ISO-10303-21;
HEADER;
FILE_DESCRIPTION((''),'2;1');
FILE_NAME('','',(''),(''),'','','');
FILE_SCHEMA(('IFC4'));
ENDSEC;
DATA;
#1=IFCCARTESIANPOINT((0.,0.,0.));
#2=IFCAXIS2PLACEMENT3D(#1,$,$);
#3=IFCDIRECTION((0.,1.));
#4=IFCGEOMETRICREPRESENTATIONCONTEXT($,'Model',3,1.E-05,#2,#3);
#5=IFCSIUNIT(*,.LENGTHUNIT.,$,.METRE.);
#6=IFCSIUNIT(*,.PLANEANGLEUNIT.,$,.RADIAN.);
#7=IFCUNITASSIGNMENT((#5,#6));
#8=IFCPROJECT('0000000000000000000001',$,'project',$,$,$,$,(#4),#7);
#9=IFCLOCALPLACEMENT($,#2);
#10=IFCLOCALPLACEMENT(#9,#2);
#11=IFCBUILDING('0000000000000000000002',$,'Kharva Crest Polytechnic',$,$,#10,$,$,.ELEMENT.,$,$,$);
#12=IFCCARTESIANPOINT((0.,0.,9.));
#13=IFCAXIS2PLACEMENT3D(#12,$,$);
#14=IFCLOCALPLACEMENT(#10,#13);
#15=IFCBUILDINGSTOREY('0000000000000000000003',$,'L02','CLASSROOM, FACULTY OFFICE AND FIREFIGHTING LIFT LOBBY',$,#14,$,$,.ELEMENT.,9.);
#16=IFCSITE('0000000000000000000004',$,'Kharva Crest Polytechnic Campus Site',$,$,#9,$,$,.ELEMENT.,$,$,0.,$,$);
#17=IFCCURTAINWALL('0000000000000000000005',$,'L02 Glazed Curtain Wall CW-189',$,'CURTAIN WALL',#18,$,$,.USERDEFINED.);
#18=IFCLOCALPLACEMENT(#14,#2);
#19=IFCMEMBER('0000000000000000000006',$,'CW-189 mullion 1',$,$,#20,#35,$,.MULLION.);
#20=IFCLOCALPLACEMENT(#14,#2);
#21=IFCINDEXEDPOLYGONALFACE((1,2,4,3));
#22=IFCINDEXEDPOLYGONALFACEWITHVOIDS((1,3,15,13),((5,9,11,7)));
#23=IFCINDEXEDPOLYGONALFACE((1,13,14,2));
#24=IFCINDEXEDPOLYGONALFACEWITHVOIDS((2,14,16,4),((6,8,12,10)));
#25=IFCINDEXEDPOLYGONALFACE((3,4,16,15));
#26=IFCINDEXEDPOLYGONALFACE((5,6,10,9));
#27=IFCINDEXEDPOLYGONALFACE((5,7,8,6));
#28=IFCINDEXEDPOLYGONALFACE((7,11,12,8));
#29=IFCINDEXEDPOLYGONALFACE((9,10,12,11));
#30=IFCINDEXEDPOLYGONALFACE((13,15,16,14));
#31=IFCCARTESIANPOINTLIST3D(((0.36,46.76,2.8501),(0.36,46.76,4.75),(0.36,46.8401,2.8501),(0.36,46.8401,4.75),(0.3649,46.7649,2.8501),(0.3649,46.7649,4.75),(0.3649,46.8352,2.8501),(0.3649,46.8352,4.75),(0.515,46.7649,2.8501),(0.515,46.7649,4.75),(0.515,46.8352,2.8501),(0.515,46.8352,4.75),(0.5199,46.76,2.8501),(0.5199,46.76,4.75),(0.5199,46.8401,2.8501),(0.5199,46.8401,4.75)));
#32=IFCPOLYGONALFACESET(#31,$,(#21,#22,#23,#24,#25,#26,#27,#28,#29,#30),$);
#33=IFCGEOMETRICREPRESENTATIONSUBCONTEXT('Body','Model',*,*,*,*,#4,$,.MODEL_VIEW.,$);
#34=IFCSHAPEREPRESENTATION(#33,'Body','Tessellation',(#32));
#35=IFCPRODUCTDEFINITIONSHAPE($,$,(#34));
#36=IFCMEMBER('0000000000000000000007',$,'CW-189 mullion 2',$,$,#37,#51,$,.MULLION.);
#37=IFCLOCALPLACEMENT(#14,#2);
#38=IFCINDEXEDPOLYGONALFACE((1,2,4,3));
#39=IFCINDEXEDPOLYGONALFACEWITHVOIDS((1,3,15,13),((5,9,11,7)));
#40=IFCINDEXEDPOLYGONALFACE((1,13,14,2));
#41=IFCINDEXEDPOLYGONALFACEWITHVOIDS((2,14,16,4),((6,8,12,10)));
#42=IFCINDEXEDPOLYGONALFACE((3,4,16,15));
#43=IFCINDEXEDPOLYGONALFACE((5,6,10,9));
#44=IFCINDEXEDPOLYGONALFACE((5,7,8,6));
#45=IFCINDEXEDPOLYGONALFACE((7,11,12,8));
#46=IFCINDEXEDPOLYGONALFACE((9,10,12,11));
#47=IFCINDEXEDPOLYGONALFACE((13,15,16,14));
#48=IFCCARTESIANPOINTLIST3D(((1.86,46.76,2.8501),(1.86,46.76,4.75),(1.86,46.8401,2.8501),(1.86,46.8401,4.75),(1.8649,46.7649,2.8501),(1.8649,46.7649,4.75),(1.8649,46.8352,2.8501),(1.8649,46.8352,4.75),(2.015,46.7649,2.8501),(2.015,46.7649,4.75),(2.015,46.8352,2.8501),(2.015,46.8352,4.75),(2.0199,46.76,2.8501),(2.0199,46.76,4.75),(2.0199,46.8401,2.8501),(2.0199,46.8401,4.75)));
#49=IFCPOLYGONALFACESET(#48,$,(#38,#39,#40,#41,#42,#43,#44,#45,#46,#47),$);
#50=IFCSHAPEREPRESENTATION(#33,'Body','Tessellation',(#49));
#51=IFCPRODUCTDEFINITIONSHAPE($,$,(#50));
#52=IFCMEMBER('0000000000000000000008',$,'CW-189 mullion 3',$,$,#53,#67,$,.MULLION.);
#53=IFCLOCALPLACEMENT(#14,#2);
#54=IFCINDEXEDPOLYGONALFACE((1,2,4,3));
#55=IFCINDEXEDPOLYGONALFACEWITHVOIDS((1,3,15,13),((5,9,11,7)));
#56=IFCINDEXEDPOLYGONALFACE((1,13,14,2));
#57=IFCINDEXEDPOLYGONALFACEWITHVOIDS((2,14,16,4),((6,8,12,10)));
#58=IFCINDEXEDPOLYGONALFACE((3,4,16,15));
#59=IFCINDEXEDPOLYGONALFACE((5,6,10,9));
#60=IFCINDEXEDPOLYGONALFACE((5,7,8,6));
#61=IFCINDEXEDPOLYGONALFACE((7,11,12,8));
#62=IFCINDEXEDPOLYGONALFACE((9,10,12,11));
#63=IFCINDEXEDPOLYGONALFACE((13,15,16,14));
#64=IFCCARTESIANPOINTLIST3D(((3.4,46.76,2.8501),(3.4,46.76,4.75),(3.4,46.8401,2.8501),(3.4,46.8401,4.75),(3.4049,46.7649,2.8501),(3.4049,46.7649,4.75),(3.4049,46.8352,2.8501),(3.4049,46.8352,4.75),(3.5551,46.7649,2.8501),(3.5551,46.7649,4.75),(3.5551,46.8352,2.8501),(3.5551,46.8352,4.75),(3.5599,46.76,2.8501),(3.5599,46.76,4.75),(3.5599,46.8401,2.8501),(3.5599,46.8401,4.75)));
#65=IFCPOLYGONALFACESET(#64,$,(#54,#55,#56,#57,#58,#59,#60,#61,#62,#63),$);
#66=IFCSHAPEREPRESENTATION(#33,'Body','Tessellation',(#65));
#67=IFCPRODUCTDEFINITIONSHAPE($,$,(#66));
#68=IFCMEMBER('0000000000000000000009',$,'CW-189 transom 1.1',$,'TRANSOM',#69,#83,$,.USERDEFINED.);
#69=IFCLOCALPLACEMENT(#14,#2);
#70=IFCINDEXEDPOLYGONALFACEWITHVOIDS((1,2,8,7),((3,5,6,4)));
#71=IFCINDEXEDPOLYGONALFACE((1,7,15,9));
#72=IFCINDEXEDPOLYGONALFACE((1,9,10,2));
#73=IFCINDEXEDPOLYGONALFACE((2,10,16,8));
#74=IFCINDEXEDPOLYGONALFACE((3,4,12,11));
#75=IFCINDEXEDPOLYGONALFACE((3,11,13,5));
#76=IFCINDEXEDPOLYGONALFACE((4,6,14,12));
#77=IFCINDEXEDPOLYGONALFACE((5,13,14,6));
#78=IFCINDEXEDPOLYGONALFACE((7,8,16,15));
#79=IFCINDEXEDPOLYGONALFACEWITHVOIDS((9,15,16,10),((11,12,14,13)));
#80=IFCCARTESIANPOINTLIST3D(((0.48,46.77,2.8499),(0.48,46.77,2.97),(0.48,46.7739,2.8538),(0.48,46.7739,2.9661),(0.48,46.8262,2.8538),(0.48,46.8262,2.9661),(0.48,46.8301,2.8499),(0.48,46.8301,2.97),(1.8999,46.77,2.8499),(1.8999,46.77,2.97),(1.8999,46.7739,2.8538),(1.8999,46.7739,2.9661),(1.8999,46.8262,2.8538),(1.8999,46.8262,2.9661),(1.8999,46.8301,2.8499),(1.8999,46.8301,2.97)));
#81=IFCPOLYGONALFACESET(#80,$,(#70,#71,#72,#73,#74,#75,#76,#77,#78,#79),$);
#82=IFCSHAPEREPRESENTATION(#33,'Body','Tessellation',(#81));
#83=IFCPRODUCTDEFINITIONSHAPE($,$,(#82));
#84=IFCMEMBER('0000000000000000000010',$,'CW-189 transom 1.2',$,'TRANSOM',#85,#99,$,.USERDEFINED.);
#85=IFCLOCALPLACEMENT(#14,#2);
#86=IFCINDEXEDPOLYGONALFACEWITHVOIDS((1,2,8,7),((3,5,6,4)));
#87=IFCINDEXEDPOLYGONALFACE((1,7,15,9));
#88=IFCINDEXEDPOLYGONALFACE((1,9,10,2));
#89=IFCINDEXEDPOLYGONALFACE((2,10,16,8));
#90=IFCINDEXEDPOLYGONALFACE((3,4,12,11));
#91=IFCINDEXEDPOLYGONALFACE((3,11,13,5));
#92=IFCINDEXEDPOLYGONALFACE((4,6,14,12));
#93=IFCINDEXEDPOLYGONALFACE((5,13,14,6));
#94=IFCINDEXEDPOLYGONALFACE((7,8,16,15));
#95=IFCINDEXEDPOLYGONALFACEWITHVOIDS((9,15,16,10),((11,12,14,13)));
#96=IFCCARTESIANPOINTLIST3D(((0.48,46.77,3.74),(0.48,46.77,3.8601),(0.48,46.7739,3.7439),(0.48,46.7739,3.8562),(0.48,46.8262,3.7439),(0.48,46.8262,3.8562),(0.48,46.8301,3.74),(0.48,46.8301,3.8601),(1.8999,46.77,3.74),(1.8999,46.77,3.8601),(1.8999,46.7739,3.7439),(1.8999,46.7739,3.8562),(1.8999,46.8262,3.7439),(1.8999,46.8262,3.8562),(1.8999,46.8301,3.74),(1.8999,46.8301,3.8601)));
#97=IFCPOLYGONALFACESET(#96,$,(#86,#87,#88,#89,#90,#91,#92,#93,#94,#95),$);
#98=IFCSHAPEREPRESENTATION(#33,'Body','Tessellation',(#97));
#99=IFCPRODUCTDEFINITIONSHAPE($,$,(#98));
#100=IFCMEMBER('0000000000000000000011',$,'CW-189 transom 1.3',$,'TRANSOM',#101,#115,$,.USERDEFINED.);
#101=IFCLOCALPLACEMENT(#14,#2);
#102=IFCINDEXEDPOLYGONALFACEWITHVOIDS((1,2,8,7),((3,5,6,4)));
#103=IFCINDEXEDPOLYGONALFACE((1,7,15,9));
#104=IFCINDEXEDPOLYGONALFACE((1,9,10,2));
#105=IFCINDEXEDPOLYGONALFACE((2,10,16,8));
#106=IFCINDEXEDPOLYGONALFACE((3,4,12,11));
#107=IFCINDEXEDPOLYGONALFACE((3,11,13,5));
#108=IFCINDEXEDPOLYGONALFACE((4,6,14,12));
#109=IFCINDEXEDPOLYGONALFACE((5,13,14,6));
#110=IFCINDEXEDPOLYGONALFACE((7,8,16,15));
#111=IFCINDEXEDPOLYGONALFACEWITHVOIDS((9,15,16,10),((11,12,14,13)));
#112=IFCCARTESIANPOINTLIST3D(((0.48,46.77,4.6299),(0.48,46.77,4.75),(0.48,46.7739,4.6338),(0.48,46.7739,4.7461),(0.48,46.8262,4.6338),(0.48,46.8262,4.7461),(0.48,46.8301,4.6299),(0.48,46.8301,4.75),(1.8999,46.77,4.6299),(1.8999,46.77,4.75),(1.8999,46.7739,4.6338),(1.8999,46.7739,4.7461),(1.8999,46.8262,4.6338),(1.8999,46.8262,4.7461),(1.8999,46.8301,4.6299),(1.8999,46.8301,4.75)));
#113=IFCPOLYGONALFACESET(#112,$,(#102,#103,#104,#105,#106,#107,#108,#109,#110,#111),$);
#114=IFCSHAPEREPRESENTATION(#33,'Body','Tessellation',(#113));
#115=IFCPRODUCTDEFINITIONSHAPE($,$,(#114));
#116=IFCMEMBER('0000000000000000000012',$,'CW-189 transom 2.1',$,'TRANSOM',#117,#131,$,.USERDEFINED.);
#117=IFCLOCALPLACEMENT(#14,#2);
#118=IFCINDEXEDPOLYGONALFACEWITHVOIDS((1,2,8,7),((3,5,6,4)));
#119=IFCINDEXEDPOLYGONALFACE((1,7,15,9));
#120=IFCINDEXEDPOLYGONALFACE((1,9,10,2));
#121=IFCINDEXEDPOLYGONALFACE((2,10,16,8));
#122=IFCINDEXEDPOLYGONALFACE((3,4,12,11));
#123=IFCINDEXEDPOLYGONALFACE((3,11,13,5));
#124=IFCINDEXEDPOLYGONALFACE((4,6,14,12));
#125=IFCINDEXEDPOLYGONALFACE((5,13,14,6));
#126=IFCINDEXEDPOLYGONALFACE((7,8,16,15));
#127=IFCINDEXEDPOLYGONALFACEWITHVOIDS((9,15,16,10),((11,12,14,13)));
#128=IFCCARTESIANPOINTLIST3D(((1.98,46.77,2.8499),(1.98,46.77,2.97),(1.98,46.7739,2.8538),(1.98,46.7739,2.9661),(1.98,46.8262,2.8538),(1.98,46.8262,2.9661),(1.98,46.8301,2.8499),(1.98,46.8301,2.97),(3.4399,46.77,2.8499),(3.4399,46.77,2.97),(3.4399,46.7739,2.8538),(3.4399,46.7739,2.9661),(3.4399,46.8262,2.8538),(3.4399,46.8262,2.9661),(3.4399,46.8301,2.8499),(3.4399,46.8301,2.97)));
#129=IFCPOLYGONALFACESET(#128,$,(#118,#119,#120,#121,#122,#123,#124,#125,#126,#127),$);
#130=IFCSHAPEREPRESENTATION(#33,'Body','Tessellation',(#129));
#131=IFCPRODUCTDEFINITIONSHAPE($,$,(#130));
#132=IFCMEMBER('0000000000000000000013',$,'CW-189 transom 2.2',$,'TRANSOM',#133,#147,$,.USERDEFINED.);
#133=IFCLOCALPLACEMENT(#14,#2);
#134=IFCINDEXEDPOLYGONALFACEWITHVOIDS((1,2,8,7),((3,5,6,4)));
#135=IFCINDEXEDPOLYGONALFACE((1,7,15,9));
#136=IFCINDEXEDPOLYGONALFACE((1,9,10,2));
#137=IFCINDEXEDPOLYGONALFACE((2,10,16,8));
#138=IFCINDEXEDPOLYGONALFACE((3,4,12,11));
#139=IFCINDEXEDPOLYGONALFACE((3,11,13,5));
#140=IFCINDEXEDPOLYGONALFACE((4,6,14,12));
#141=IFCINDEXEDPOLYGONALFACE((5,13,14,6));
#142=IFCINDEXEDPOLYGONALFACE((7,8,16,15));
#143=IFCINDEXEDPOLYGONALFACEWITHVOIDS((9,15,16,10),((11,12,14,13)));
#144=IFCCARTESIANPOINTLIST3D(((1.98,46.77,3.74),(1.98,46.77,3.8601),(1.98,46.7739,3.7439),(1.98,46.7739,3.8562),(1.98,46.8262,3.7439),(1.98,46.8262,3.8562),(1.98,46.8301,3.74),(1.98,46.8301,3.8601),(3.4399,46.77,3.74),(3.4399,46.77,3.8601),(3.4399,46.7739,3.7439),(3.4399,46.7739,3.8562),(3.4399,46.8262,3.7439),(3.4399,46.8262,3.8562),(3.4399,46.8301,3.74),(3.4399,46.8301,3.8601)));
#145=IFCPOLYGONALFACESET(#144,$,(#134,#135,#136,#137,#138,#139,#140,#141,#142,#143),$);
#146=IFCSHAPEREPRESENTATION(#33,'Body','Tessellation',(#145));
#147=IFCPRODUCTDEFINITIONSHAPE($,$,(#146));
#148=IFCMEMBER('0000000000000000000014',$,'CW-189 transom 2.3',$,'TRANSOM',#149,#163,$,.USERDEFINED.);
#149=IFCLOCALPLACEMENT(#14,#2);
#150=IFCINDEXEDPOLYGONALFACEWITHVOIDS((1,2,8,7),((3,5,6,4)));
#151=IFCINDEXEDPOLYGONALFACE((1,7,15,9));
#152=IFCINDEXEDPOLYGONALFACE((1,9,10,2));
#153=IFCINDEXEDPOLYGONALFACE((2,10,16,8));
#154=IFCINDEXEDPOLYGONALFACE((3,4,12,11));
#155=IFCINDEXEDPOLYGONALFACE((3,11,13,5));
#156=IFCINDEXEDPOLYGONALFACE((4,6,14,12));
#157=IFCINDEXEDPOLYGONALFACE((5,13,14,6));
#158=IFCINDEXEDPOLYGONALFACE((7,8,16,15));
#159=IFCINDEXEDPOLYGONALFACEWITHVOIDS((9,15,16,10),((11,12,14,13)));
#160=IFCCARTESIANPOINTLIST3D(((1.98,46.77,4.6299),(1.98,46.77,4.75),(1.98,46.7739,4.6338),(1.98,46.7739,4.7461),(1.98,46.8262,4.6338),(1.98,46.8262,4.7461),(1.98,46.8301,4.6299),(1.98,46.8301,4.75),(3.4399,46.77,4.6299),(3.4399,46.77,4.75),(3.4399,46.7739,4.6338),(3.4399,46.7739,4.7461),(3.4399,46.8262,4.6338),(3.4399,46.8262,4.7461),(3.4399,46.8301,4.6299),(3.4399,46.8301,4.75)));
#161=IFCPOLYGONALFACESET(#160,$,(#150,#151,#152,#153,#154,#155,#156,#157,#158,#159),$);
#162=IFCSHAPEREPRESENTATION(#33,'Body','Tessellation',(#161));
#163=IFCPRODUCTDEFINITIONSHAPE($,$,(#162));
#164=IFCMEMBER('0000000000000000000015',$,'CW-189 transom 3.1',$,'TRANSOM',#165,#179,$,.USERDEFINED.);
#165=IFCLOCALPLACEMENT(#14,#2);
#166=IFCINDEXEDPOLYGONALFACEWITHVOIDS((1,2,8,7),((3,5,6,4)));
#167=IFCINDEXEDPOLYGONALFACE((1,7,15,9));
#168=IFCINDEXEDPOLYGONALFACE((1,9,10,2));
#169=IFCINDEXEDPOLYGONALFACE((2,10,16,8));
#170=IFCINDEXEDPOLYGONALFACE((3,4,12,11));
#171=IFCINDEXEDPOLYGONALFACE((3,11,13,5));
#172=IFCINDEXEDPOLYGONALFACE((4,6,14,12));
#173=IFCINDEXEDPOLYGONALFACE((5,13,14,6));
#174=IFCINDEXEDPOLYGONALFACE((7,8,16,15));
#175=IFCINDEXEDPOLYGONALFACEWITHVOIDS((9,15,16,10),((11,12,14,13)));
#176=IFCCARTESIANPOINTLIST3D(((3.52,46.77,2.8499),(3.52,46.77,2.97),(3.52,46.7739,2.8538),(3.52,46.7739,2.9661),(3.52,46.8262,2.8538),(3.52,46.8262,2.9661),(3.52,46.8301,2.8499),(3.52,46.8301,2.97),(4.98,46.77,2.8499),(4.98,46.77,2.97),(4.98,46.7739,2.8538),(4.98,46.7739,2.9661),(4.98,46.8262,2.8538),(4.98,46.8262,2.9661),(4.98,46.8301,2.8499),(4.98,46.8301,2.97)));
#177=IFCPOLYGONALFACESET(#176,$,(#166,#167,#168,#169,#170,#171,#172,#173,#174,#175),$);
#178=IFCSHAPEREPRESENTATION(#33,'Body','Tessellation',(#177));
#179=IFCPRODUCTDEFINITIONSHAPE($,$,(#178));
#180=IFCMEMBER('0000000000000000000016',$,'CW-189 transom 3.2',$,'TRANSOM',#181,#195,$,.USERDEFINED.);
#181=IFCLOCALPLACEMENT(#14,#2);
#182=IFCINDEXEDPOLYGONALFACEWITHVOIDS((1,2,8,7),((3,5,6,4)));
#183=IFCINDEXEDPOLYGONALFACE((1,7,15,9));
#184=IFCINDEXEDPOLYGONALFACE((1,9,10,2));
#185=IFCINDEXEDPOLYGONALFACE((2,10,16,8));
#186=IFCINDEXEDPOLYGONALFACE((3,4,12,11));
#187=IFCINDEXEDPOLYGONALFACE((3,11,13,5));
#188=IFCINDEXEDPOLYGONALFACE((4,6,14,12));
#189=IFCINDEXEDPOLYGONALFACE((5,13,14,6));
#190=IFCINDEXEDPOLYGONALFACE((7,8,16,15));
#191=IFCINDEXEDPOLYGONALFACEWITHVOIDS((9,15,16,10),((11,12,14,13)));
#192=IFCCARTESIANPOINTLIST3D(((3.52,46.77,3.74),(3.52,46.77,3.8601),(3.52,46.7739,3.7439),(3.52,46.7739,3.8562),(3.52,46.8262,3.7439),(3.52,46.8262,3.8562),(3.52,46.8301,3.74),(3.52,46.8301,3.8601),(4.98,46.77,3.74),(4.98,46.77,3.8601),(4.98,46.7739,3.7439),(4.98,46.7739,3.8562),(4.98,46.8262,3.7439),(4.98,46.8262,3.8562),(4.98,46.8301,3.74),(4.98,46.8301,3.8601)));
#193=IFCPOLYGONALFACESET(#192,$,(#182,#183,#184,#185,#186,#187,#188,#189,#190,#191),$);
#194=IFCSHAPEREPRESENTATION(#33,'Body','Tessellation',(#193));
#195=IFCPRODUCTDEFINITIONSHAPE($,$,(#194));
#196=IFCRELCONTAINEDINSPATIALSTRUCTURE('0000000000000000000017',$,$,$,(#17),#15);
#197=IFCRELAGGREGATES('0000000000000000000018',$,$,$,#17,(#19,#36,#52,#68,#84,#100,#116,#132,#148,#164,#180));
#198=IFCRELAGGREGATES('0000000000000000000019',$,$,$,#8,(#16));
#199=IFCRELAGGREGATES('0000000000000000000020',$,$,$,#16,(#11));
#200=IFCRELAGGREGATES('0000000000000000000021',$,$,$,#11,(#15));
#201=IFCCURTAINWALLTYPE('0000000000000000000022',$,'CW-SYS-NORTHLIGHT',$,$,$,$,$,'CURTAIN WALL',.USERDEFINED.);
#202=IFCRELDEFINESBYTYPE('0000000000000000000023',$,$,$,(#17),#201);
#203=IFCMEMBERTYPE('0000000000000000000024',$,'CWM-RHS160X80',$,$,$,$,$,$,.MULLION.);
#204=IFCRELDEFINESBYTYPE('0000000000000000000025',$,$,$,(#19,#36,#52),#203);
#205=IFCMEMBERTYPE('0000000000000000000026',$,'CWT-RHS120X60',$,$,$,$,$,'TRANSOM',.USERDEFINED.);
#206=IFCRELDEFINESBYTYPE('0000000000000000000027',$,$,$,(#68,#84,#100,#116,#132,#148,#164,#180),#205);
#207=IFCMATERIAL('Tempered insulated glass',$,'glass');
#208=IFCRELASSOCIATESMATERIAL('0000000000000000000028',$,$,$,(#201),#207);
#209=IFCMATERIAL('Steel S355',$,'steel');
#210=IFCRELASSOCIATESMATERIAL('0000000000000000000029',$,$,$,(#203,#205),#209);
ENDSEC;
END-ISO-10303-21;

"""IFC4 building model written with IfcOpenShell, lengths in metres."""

from ifc_helpers import new_model, si_unit, direction, frame, origin, origin_2d, place, context, subcontext, project, spatial, hollow_rectangle, extrude, material, material_profile, profile_set, type_object, element, aggregate, save


model = new_model("IFC4")

# Units and contexts
model_context = context("Model", 3, precision=1e-05, world=origin(), true_north=direction((0.0, 1.0)))
body_context = subcontext(model_context, "Body", "Model", "MODEL_VIEW")
ifc_project = project(units=[si_unit("LENGTHUNIT", "METRE"), si_unit("PLANEANGLEUNIT", "RADIAN")], contexts=[model_context])

# Site, building, storey
site_placement = place(None, origin())
site = spatial("IfcSite", under=ifc_project, at=site_placement, Name="Kharva Crest Polytechnic Campus Site", CompositionType="ELEMENT", RefElevation=0.0)
building_placement = place(site_placement, origin())
building = spatial("IfcBuilding", under=site, at=building_placement, Name="Kharva Crest Polytechnic", CompositionType="ELEMENT")
storey_placement = place(building_placement, frame((0.0, 0.0, 9.0)))
storey = spatial("IfcBuildingStorey", under=building, at=storey_placement, Name="L02", Description="CLASSROOM, FACULTY OFFICE AND FIREFIGHTING LIFT LOBBY", CompositionType="ELEMENT", Elevation=9.0)

# Curtain wall, members
ifc_material_1 = material(Name="Tempered insulated glass", Category="glass")
curtain_wall_type = type_object("IfcCurtainWallType", Name="CW-SYS-NORTHLIGHT", ElementType="CURTAIN WALL", PredefinedType="USERDEFINED", material=ifc_material_1)
curtain_wall_placement = place(storey_placement, origin())
curtain_wall = element("IfcCurtainWall", 1, at=curtain_wall_placement, inside=storey, type_object=curtain_wall_type, Name="L02 Glazed Curtain Wall CW-189", ObjectType="CURTAIN WALL", PredefinedType="USERDEFINED")
ifc_material_2 = material(Name="Steel S355", Category="steel")
ifc_material_profile_1 = material_profile(ifc_material_2, hollow_rectangle(XDim=0.0801, YDim=0.1599, WallThickness=0.0049, at=origin_2d()), Name="RHS 160X80X5.0")
ifc_profile_set_1 = profile_set([ifc_material_profile_1], Name="Steel S355")
member_type_1 = type_object("IfcMemberType", Name="CWM-RHS160X80", PredefinedType="MULLION", material=ifc_profile_set_1)
member_1_placement = place(storey_placement, frame((0.4399, 46.8, 2.8501), z_axis=(0.0, 0.0, 1.0), x_axis=(0.0, 1.0, 0.0)))
member_1 = element("IfcMember", 2, at=member_1_placement, type_object=member_type_1, Name="CW-189 mullion 1", PredefinedType="MULLION", context=body_context, shape_type="SweptSolid", body=[
    extrude(hollow_rectangle(XDim=0.0801, YDim=0.1599, WallThickness=0.0049, at=origin_2d()), origin(), (0.0, 0.0, 1.0), 1.8999),
])
member_2_placement = place(storey_placement, frame((1.9399, 46.8, 2.8501), z_axis=(0.0, 0.0, 1.0), x_axis=(0.0, 1.0, 0.0)))
member_2 = element("IfcMember", 3, at=member_2_placement, type_object=member_type_1, Name="CW-189 mullion 2", PredefinedType="MULLION", context=body_context, shape_type="SweptSolid", body=[
    extrude(hollow_rectangle(XDim=0.0801, YDim=0.1599, WallThickness=0.0049, at=origin_2d()), origin(), (0.0, 0.0, 1.0), 1.8999),
])
member_3_placement = place(storey_placement, frame((3.48, 46.8, 2.8501), z_axis=(0.0, 0.0, 1.0), x_axis=(0.0, 1.0, 0.0)))
member_3 = element("IfcMember", 4, at=member_3_placement, type_object=member_type_1, Name="CW-189 mullion 3", PredefinedType="MULLION", context=body_context, shape_type="SweptSolid", body=[
    extrude(hollow_rectangle(XDim=0.0801, YDim=0.1599, WallThickness=0.0049, at=origin_2d()), origin(), (0.0, 0.0, 1.0), 1.8999),
])
ifc_material_profile_2 = material_profile(ifc_material_2, hollow_rectangle(XDim=0.0601, YDim=0.1201, WallThickness=0.0039, at=origin_2d()), Name="RHS 120X60X4.0")
ifc_profile_set_2 = profile_set([ifc_material_profile_2], Name="Steel S355")
member_type_2 = type_object("IfcMemberType", Name="CWT-RHS120X60", ElementType="TRANSOM", PredefinedType="USERDEFINED", material=ifc_profile_set_2)
member_4_placement = place(storey_placement, frame((0.48, 46.8, 2.9099), z_axis=(1.0, 0.0, 0.0), x_axis=(0.0, 1.0, 0.0)))
member_4 = element("IfcMember", 5, at=member_4_placement, type_object=member_type_2, Name="CW-189 transom 1.1", ObjectType="TRANSOM", PredefinedType="USERDEFINED", context=body_context, shape_type="SweptSolid", body=[
    extrude(hollow_rectangle(XDim=0.0601, YDim=0.1201, WallThickness=0.0039, at=origin_2d()), origin(), (0.0, 0.0, 1.0), 1.4199),
])
member_5_placement = place(storey_placement, frame((0.48, 46.8, 3.8), z_axis=(1.0, 0.0, 0.0), x_axis=(0.0, 1.0, 0.0)))
member_5 = element("IfcMember", 6, at=member_5_placement, type_object=member_type_2, Name="CW-189 transom 1.2", ObjectType="TRANSOM", PredefinedType="USERDEFINED", context=body_context, shape_type="SweptSolid", body=[
    extrude(hollow_rectangle(XDim=0.0601, YDim=0.1201, WallThickness=0.0039, at=origin_2d()), origin(), (0.0, 0.0, 1.0), 1.4199),
])
member_6_placement = place(storey_placement, frame((0.48, 46.8, 4.6899), z_axis=(1.0, 0.0, 0.0), x_axis=(0.0, 1.0, 0.0)))
member_6 = element("IfcMember", 7, at=member_6_placement, type_object=member_type_2, Name="CW-189 transom 1.3", ObjectType="TRANSOM", PredefinedType="USERDEFINED", context=body_context, shape_type="SweptSolid", body=[
    extrude(hollow_rectangle(XDim=0.0601, YDim=0.1201, WallThickness=0.0039, at=origin_2d()), origin(), (0.0, 0.0, 1.0), 1.4199),
])
member_7_placement = place(storey_placement, frame((1.98, 46.8, 2.9099), z_axis=(1.0, 0.0, 0.0), x_axis=(0.0, 1.0, 0.0)))
member_7 = element("IfcMember", 8, at=member_7_placement, type_object=member_type_2, Name="CW-189 transom 2.1", ObjectType="TRANSOM", PredefinedType="USERDEFINED", context=body_context, shape_type="SweptSolid", body=[
    extrude(hollow_rectangle(XDim=0.0601, YDim=0.1201, WallThickness=0.0039, at=origin_2d()), origin(), (0.0, 0.0, 1.0), 1.46),
])
member_8_placement = place(storey_placement, frame((1.98, 46.8, 3.8), z_axis=(1.0, 0.0, 0.0), x_axis=(0.0, 1.0, 0.0)))
member_8 = element("IfcMember", 9, at=member_8_placement, type_object=member_type_2, Name="CW-189 transom 2.2", ObjectType="TRANSOM", PredefinedType="USERDEFINED", context=body_context, shape_type="SweptSolid", body=[
    extrude(hollow_rectangle(XDim=0.0601, YDim=0.1201, WallThickness=0.0039, at=origin_2d()), origin(), (0.0, 0.0, 1.0), 1.46),
])
member_9_placement = place(storey_placement, frame((1.98, 46.8, 4.6899), z_axis=(1.0, 0.0, 0.0), x_axis=(0.0, 1.0, 0.0)))
member_9 = element("IfcMember", 10, at=member_9_placement, type_object=member_type_2, Name="CW-189 transom 2.3", ObjectType="TRANSOM", PredefinedType="USERDEFINED", context=body_context, shape_type="SweptSolid", body=[
    extrude(hollow_rectangle(XDim=0.0601, YDim=0.1201, WallThickness=0.0039, at=origin_2d()), origin(), (0.0, 0.0, 1.0), 1.46),
])
member_10_placement = place(storey_placement, frame((3.52, 46.8, 2.9099), z_axis=(1.0, 0.0, 0.0), x_axis=(0.0, 1.0, 0.0)))
member_10 = element("IfcMember", 11, at=member_10_placement, type_object=member_type_2, Name="CW-189 transom 3.1", ObjectType="TRANSOM", PredefinedType="USERDEFINED", context=body_context, shape_type="SweptSolid", body=[
    extrude(hollow_rectangle(XDim=0.0601, YDim=0.1201, WallThickness=0.0039, at=origin_2d()), origin(), (0.0, 0.0, 1.0), 1.46),
])
member_11_placement = place(storey_placement, frame((3.52, 46.8, 3.8), z_axis=(1.0, 0.0, 0.0), x_axis=(0.0, 1.0, 0.0)))
member_11 = element("IfcMember", 12, at=member_11_placement, type_object=member_type_2, Name="CW-189 transom 3.2", ObjectType="TRANSOM", PredefinedType="USERDEFINED", context=body_context, shape_type="SweptSolid", body=[
    extrude(hollow_rectangle(XDim=0.0601, YDim=0.1201, WallThickness=0.0039, at=origin_2d()), origin(), (0.0, 0.0, 1.0), 1.46),
])

aggregate(curtain_wall, [member_1, member_2, member_3, member_4, member_5, member_6, member_7, member_8, member_9, member_10, member_11])

save(model, "model.ifc")
